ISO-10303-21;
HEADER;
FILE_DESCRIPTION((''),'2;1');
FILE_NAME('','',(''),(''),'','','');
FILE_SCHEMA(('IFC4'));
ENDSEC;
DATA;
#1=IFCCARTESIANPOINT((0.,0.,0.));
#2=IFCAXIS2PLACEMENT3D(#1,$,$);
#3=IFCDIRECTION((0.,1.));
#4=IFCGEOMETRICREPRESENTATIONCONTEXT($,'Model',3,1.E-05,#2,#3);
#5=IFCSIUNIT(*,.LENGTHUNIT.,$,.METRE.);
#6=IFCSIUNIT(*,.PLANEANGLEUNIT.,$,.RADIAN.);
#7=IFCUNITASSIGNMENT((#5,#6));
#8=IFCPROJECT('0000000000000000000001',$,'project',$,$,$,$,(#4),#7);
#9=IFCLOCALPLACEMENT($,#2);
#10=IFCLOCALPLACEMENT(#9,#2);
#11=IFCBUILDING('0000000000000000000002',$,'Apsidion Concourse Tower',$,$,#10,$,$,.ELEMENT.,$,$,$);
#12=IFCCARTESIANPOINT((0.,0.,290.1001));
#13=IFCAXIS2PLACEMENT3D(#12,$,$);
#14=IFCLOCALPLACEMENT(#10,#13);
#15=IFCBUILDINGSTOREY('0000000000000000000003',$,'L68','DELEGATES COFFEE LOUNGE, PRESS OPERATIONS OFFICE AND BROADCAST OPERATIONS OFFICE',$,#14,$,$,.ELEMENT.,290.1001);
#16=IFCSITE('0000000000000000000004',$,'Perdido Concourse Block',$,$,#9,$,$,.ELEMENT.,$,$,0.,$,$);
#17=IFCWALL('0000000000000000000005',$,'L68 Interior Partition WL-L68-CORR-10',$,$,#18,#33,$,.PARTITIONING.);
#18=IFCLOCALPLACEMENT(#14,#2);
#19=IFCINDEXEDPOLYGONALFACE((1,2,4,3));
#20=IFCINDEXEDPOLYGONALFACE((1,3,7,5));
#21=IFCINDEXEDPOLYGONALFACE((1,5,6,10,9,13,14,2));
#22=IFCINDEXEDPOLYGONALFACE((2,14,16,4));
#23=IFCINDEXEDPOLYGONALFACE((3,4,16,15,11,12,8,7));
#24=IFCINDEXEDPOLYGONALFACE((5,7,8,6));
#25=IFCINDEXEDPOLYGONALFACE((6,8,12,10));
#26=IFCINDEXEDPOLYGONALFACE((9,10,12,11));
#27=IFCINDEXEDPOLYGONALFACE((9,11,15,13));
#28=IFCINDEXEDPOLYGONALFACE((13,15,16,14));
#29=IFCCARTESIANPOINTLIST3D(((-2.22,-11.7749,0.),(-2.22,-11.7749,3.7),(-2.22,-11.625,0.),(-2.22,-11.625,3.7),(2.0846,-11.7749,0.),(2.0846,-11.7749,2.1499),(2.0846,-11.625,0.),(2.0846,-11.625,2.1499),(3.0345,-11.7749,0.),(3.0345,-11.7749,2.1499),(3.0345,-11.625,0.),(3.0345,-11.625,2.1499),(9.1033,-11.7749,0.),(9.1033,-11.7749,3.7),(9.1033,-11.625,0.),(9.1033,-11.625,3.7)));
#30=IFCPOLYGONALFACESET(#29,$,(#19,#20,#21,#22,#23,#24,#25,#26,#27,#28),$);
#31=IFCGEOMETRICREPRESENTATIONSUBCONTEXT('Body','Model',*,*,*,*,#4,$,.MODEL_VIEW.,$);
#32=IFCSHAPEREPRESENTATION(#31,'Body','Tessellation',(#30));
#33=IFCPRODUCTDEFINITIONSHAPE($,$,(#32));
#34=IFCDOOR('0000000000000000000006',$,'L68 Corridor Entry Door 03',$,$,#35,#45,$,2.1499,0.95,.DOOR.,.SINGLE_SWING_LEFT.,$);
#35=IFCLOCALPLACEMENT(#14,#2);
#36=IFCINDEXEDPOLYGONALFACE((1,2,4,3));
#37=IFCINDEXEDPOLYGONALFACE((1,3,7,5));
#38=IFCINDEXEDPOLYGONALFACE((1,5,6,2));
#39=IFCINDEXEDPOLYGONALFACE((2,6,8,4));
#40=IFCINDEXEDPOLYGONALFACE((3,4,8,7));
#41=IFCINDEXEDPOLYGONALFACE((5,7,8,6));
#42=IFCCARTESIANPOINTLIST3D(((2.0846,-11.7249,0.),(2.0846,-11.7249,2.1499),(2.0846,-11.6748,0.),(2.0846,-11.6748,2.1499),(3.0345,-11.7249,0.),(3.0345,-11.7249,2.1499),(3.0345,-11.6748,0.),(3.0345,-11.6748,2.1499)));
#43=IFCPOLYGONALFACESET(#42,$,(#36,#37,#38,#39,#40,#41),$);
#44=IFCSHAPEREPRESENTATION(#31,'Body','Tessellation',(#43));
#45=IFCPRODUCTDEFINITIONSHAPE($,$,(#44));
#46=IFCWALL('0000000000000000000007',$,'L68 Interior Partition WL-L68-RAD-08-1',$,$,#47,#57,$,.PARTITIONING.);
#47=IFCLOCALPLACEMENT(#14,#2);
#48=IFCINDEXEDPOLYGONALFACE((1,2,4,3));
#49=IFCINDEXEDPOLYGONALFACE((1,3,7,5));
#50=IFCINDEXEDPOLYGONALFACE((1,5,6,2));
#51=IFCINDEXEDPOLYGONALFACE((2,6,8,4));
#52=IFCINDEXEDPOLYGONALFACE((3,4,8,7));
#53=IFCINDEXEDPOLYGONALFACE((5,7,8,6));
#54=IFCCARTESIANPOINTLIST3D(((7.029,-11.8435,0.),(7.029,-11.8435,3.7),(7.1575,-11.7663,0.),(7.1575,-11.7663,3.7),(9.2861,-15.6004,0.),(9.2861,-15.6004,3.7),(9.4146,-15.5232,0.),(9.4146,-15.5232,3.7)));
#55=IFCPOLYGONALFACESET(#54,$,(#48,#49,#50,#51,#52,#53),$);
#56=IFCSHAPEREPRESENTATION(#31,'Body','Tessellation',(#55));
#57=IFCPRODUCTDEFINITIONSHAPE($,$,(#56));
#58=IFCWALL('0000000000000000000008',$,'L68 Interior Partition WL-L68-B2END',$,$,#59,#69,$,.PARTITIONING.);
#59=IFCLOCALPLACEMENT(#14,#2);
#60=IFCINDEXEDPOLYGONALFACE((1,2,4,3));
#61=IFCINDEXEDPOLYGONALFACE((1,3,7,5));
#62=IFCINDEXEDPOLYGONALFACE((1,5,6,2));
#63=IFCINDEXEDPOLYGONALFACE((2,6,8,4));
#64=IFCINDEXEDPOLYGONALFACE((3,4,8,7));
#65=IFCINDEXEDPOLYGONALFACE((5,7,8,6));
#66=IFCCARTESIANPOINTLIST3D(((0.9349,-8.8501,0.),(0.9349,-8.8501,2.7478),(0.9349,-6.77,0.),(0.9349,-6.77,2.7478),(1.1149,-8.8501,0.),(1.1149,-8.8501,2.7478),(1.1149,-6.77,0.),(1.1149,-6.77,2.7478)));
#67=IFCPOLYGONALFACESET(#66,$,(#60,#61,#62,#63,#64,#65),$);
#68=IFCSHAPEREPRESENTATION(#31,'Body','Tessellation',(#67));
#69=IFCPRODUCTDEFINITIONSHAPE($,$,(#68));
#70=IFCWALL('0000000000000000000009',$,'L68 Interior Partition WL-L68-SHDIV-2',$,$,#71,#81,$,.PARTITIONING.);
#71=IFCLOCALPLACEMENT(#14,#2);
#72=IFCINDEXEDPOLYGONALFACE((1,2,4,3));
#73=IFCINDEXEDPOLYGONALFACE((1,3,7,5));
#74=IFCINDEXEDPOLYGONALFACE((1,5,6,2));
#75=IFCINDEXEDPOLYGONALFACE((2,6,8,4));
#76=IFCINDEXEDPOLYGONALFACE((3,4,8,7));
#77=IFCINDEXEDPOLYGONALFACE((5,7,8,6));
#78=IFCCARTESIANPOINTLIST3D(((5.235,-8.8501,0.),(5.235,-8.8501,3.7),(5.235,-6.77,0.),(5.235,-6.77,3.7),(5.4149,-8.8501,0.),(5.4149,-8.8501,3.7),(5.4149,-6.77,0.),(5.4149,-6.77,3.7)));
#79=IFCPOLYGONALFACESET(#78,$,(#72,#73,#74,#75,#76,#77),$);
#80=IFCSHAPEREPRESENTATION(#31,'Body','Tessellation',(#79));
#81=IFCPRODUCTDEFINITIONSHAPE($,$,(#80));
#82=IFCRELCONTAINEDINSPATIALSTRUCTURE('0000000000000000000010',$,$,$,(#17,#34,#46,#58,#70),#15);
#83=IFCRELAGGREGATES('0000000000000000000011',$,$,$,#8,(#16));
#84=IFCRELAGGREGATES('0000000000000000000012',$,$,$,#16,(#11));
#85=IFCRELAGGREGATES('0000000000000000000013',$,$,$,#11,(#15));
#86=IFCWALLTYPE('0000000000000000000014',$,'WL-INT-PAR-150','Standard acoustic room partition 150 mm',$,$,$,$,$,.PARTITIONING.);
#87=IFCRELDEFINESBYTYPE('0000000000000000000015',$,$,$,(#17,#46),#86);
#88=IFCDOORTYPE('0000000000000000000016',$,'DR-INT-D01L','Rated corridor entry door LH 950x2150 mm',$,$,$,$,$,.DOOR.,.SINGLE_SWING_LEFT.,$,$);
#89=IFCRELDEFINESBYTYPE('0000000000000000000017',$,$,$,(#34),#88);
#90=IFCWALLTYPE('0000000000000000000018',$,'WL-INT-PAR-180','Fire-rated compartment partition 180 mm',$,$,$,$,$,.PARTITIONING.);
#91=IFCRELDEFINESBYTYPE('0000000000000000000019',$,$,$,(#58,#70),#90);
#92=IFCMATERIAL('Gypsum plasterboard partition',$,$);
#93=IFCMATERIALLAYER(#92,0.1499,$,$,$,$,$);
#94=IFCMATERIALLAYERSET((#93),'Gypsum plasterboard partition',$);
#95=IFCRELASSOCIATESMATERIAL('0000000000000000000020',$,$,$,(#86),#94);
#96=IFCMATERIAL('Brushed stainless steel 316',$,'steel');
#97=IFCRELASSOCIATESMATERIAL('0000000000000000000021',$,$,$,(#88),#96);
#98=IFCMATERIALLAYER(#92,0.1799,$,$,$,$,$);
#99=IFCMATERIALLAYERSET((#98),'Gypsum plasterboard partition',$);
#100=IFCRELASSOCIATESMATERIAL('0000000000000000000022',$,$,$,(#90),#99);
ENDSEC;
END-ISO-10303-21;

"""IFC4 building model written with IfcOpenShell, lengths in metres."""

from ifc_helpers import new_model, si_unit, direction, frame, frame_2d, origin, place, context, subcontext, project, spatial, rectangle, extrude, material, layer, layer_set, type_object, element, fill, save


model = new_model("IFC4")

# Units and contexts
model_context = context("Model", 3, precision=1e-05, world=origin(), true_north=direction((0.0, 1.0)))
body_context = subcontext(model_context, "Body", "Model", "MODEL_VIEW")
ifc_project = project(units=[si_unit("LENGTHUNIT", "METRE"), si_unit("PLANEANGLEUNIT", "RADIAN")], contexts=[model_context])

# Site, building, storey
site_placement = place(None, origin())
site = spatial("IfcSite", under=ifc_project, at=site_placement, Name="Perdido Concourse Block", CompositionType="ELEMENT", RefElevation=0.0)
building_placement = place(site_placement, origin())
building = spatial("IfcBuilding", under=site, at=building_placement, Name="Apsidion Concourse Tower", CompositionType="ELEMENT")
storey_placement = place(building_placement, frame((0.0, 0.0, 290.1001)))
storey = spatial("IfcBuildingStorey", under=building, at=storey_placement, Name="L68", Description="DELEGATES COFFEE LOUNGE, PRESS OPERATIONS OFFICE AND BROADCAST OPERATIONS OFFICE", CompositionType="ELEMENT", Elevation=290.1001)

# Shared definitions
ifc_material_1 = material(Name="Gypsum plasterboard partition")
ifc_layer_1 = layer(ifc_material_1, 0.1499)
ifc_layer_set_1 = layer_set([ifc_layer_1], Name="Gypsum plasterboard partition")
wall_type_1 = type_object("IfcWallType", Name="WL-INT-PAR-150", Description="Standard acoustic room partition 150 mm", PredefinedType="PARTITIONING", material=ifc_layer_set_1)

# Wall, opening, door
wall_1_placement = place(storey_placement, frame((9.1033, -11.7, 0.0), z_axis=(0.0, 0.0, 1.0), x_axis=(-1.0, 0.0, 0.0)))
wall_1 = element("IfcWall", 1, at=wall_1_placement, inside=storey, type_object=wall_type_1, Name="L68 Interior Partition WL-L68-CORR-10", PredefinedType="PARTITIONING", context=body_context, shape_type="SweptSolid", body=[
    extrude(rectangle(XDim=11.3232, YDim=0.1499, at=frame_2d((5.6616, 0.0))), origin(), (0.0, 0.0, 1.0), 3.7),
])
opening_1_placement = place(wall_1_placement, frame((6.0686, 0.0, 0.0)))
opening_1 = element("IfcOpeningElement", 2, at=opening_1_placement, cuts=wall_1, PredefinedType="OPENING", context=body_context, shape_type="SweptSolid", body=[
    extrude(rectangle(XDim=0.95, YDim=2.1499, at=frame_2d((0.4751, 1.075))), frame((0.0, 0.085, 0.0), z_axis=(0.0, -1.0, 0.0), x_axis=(1.0, 0.0, 0.0)), (0.0, 0.0, 1.0), 0.1699),
])
ifc_material_2 = material(Name="Brushed stainless steel 316", Category="steel")
door_type_1 = type_object("IfcDoorType", Name="DR-INT-D01L", Description="Rated corridor entry door LH 950x2150 mm", OperationType="SINGLE_SWING_LEFT", PredefinedType="DOOR", material=ifc_material_2)
door_1_placement = place(opening_1_placement, origin())
door_1 = element("IfcDoor", 3, at=door_1_placement, inside=storey, type_object=door_type_1, Name="L68 Corridor Entry Door 03", OperationType="SINGLE_SWING_LEFT", OverallHeight=2.1499, OverallWidth=0.95, PredefinedType="DOOR", context=body_context, shape_type="SweptSolid", body=[
    extrude(rectangle(XDim=0.95, YDim=2.1499, at=frame_2d((0.4751, 1.075))), frame((0.0, 0.0249, 0.0), z_axis=(0.0, -1.0, 0.0), x_axis=(1.0, 0.0, 0.0)), (0.0, 0.0, 1.0), 0.05),
])
fill(opening_1, door_1)

# Walls
wall_2_placement = place(storey_placement, frame((7.0933, -11.8049, 0.0), z_axis=(0.0, 0.0, 1.0), x_axis=(0.514995, -0.857193, 0.0)))
element("IfcWall", 4, at=wall_2_placement, inside=storey, type_object=wall_type_1, Name="L68 Interior Partition WL-L68-RAD-08-1", PredefinedType="PARTITIONING", context=body_context, shape_type="SweptSolid", body=[
    extrude(rectangle(XDim=4.3828, YDim=0.1499, at=frame_2d((2.1914, 0.0))), origin(), (0.0, 0.0, 1.0), 3.7),
])
ifc_layer_2 = layer(ifc_material_1, 0.1799)
ifc_layer_set_2 = layer_set([ifc_layer_2], Name="Gypsum plasterboard partition")
wall_type_2 = type_object("IfcWallType", Name="WL-INT-PAR-180", Description="Fire-rated compartment partition 180 mm", PredefinedType="PARTITIONING", material=ifc_layer_set_2)
wall_3_placement = place(storey_placement, frame((1.0249, -8.8501, 0.0), z_axis=(0.0, 0.0, 1.0), x_axis=(0.0, 1.0, 0.0)))
element("IfcWall", 5, at=wall_3_placement, inside=storey, type_object=wall_type_2, Name="L68 Interior Partition WL-L68-B2END", PredefinedType="PARTITIONING", context=body_context, shape_type="SweptSolid", body=[
    extrude(rectangle(XDim=2.0801, YDim=0.1799, at=frame_2d((1.04, 0.0))), origin(), (0.0, 0.0, 1.0), 2.7478),
])
wall_4_placement = place(storey_placement, frame((5.325, -8.8501, 0.0), z_axis=(0.0, 0.0, 1.0), x_axis=(0.0, 1.0, 0.0)))
element("IfcWall", 6, at=wall_4_placement, inside=storey, type_object=wall_type_2, Name="L68 Interior Partition WL-L68-SHDIV-2", PredefinedType="PARTITIONING", context=body_context, shape_type="SweptSolid", body=[
    extrude(rectangle(XDim=2.0801, YDim=0.1799, at=frame_2d((1.04, 0.0))), origin(), (0.0, 0.0, 1.0), 3.7),
])

save(model, "model.ifc")
